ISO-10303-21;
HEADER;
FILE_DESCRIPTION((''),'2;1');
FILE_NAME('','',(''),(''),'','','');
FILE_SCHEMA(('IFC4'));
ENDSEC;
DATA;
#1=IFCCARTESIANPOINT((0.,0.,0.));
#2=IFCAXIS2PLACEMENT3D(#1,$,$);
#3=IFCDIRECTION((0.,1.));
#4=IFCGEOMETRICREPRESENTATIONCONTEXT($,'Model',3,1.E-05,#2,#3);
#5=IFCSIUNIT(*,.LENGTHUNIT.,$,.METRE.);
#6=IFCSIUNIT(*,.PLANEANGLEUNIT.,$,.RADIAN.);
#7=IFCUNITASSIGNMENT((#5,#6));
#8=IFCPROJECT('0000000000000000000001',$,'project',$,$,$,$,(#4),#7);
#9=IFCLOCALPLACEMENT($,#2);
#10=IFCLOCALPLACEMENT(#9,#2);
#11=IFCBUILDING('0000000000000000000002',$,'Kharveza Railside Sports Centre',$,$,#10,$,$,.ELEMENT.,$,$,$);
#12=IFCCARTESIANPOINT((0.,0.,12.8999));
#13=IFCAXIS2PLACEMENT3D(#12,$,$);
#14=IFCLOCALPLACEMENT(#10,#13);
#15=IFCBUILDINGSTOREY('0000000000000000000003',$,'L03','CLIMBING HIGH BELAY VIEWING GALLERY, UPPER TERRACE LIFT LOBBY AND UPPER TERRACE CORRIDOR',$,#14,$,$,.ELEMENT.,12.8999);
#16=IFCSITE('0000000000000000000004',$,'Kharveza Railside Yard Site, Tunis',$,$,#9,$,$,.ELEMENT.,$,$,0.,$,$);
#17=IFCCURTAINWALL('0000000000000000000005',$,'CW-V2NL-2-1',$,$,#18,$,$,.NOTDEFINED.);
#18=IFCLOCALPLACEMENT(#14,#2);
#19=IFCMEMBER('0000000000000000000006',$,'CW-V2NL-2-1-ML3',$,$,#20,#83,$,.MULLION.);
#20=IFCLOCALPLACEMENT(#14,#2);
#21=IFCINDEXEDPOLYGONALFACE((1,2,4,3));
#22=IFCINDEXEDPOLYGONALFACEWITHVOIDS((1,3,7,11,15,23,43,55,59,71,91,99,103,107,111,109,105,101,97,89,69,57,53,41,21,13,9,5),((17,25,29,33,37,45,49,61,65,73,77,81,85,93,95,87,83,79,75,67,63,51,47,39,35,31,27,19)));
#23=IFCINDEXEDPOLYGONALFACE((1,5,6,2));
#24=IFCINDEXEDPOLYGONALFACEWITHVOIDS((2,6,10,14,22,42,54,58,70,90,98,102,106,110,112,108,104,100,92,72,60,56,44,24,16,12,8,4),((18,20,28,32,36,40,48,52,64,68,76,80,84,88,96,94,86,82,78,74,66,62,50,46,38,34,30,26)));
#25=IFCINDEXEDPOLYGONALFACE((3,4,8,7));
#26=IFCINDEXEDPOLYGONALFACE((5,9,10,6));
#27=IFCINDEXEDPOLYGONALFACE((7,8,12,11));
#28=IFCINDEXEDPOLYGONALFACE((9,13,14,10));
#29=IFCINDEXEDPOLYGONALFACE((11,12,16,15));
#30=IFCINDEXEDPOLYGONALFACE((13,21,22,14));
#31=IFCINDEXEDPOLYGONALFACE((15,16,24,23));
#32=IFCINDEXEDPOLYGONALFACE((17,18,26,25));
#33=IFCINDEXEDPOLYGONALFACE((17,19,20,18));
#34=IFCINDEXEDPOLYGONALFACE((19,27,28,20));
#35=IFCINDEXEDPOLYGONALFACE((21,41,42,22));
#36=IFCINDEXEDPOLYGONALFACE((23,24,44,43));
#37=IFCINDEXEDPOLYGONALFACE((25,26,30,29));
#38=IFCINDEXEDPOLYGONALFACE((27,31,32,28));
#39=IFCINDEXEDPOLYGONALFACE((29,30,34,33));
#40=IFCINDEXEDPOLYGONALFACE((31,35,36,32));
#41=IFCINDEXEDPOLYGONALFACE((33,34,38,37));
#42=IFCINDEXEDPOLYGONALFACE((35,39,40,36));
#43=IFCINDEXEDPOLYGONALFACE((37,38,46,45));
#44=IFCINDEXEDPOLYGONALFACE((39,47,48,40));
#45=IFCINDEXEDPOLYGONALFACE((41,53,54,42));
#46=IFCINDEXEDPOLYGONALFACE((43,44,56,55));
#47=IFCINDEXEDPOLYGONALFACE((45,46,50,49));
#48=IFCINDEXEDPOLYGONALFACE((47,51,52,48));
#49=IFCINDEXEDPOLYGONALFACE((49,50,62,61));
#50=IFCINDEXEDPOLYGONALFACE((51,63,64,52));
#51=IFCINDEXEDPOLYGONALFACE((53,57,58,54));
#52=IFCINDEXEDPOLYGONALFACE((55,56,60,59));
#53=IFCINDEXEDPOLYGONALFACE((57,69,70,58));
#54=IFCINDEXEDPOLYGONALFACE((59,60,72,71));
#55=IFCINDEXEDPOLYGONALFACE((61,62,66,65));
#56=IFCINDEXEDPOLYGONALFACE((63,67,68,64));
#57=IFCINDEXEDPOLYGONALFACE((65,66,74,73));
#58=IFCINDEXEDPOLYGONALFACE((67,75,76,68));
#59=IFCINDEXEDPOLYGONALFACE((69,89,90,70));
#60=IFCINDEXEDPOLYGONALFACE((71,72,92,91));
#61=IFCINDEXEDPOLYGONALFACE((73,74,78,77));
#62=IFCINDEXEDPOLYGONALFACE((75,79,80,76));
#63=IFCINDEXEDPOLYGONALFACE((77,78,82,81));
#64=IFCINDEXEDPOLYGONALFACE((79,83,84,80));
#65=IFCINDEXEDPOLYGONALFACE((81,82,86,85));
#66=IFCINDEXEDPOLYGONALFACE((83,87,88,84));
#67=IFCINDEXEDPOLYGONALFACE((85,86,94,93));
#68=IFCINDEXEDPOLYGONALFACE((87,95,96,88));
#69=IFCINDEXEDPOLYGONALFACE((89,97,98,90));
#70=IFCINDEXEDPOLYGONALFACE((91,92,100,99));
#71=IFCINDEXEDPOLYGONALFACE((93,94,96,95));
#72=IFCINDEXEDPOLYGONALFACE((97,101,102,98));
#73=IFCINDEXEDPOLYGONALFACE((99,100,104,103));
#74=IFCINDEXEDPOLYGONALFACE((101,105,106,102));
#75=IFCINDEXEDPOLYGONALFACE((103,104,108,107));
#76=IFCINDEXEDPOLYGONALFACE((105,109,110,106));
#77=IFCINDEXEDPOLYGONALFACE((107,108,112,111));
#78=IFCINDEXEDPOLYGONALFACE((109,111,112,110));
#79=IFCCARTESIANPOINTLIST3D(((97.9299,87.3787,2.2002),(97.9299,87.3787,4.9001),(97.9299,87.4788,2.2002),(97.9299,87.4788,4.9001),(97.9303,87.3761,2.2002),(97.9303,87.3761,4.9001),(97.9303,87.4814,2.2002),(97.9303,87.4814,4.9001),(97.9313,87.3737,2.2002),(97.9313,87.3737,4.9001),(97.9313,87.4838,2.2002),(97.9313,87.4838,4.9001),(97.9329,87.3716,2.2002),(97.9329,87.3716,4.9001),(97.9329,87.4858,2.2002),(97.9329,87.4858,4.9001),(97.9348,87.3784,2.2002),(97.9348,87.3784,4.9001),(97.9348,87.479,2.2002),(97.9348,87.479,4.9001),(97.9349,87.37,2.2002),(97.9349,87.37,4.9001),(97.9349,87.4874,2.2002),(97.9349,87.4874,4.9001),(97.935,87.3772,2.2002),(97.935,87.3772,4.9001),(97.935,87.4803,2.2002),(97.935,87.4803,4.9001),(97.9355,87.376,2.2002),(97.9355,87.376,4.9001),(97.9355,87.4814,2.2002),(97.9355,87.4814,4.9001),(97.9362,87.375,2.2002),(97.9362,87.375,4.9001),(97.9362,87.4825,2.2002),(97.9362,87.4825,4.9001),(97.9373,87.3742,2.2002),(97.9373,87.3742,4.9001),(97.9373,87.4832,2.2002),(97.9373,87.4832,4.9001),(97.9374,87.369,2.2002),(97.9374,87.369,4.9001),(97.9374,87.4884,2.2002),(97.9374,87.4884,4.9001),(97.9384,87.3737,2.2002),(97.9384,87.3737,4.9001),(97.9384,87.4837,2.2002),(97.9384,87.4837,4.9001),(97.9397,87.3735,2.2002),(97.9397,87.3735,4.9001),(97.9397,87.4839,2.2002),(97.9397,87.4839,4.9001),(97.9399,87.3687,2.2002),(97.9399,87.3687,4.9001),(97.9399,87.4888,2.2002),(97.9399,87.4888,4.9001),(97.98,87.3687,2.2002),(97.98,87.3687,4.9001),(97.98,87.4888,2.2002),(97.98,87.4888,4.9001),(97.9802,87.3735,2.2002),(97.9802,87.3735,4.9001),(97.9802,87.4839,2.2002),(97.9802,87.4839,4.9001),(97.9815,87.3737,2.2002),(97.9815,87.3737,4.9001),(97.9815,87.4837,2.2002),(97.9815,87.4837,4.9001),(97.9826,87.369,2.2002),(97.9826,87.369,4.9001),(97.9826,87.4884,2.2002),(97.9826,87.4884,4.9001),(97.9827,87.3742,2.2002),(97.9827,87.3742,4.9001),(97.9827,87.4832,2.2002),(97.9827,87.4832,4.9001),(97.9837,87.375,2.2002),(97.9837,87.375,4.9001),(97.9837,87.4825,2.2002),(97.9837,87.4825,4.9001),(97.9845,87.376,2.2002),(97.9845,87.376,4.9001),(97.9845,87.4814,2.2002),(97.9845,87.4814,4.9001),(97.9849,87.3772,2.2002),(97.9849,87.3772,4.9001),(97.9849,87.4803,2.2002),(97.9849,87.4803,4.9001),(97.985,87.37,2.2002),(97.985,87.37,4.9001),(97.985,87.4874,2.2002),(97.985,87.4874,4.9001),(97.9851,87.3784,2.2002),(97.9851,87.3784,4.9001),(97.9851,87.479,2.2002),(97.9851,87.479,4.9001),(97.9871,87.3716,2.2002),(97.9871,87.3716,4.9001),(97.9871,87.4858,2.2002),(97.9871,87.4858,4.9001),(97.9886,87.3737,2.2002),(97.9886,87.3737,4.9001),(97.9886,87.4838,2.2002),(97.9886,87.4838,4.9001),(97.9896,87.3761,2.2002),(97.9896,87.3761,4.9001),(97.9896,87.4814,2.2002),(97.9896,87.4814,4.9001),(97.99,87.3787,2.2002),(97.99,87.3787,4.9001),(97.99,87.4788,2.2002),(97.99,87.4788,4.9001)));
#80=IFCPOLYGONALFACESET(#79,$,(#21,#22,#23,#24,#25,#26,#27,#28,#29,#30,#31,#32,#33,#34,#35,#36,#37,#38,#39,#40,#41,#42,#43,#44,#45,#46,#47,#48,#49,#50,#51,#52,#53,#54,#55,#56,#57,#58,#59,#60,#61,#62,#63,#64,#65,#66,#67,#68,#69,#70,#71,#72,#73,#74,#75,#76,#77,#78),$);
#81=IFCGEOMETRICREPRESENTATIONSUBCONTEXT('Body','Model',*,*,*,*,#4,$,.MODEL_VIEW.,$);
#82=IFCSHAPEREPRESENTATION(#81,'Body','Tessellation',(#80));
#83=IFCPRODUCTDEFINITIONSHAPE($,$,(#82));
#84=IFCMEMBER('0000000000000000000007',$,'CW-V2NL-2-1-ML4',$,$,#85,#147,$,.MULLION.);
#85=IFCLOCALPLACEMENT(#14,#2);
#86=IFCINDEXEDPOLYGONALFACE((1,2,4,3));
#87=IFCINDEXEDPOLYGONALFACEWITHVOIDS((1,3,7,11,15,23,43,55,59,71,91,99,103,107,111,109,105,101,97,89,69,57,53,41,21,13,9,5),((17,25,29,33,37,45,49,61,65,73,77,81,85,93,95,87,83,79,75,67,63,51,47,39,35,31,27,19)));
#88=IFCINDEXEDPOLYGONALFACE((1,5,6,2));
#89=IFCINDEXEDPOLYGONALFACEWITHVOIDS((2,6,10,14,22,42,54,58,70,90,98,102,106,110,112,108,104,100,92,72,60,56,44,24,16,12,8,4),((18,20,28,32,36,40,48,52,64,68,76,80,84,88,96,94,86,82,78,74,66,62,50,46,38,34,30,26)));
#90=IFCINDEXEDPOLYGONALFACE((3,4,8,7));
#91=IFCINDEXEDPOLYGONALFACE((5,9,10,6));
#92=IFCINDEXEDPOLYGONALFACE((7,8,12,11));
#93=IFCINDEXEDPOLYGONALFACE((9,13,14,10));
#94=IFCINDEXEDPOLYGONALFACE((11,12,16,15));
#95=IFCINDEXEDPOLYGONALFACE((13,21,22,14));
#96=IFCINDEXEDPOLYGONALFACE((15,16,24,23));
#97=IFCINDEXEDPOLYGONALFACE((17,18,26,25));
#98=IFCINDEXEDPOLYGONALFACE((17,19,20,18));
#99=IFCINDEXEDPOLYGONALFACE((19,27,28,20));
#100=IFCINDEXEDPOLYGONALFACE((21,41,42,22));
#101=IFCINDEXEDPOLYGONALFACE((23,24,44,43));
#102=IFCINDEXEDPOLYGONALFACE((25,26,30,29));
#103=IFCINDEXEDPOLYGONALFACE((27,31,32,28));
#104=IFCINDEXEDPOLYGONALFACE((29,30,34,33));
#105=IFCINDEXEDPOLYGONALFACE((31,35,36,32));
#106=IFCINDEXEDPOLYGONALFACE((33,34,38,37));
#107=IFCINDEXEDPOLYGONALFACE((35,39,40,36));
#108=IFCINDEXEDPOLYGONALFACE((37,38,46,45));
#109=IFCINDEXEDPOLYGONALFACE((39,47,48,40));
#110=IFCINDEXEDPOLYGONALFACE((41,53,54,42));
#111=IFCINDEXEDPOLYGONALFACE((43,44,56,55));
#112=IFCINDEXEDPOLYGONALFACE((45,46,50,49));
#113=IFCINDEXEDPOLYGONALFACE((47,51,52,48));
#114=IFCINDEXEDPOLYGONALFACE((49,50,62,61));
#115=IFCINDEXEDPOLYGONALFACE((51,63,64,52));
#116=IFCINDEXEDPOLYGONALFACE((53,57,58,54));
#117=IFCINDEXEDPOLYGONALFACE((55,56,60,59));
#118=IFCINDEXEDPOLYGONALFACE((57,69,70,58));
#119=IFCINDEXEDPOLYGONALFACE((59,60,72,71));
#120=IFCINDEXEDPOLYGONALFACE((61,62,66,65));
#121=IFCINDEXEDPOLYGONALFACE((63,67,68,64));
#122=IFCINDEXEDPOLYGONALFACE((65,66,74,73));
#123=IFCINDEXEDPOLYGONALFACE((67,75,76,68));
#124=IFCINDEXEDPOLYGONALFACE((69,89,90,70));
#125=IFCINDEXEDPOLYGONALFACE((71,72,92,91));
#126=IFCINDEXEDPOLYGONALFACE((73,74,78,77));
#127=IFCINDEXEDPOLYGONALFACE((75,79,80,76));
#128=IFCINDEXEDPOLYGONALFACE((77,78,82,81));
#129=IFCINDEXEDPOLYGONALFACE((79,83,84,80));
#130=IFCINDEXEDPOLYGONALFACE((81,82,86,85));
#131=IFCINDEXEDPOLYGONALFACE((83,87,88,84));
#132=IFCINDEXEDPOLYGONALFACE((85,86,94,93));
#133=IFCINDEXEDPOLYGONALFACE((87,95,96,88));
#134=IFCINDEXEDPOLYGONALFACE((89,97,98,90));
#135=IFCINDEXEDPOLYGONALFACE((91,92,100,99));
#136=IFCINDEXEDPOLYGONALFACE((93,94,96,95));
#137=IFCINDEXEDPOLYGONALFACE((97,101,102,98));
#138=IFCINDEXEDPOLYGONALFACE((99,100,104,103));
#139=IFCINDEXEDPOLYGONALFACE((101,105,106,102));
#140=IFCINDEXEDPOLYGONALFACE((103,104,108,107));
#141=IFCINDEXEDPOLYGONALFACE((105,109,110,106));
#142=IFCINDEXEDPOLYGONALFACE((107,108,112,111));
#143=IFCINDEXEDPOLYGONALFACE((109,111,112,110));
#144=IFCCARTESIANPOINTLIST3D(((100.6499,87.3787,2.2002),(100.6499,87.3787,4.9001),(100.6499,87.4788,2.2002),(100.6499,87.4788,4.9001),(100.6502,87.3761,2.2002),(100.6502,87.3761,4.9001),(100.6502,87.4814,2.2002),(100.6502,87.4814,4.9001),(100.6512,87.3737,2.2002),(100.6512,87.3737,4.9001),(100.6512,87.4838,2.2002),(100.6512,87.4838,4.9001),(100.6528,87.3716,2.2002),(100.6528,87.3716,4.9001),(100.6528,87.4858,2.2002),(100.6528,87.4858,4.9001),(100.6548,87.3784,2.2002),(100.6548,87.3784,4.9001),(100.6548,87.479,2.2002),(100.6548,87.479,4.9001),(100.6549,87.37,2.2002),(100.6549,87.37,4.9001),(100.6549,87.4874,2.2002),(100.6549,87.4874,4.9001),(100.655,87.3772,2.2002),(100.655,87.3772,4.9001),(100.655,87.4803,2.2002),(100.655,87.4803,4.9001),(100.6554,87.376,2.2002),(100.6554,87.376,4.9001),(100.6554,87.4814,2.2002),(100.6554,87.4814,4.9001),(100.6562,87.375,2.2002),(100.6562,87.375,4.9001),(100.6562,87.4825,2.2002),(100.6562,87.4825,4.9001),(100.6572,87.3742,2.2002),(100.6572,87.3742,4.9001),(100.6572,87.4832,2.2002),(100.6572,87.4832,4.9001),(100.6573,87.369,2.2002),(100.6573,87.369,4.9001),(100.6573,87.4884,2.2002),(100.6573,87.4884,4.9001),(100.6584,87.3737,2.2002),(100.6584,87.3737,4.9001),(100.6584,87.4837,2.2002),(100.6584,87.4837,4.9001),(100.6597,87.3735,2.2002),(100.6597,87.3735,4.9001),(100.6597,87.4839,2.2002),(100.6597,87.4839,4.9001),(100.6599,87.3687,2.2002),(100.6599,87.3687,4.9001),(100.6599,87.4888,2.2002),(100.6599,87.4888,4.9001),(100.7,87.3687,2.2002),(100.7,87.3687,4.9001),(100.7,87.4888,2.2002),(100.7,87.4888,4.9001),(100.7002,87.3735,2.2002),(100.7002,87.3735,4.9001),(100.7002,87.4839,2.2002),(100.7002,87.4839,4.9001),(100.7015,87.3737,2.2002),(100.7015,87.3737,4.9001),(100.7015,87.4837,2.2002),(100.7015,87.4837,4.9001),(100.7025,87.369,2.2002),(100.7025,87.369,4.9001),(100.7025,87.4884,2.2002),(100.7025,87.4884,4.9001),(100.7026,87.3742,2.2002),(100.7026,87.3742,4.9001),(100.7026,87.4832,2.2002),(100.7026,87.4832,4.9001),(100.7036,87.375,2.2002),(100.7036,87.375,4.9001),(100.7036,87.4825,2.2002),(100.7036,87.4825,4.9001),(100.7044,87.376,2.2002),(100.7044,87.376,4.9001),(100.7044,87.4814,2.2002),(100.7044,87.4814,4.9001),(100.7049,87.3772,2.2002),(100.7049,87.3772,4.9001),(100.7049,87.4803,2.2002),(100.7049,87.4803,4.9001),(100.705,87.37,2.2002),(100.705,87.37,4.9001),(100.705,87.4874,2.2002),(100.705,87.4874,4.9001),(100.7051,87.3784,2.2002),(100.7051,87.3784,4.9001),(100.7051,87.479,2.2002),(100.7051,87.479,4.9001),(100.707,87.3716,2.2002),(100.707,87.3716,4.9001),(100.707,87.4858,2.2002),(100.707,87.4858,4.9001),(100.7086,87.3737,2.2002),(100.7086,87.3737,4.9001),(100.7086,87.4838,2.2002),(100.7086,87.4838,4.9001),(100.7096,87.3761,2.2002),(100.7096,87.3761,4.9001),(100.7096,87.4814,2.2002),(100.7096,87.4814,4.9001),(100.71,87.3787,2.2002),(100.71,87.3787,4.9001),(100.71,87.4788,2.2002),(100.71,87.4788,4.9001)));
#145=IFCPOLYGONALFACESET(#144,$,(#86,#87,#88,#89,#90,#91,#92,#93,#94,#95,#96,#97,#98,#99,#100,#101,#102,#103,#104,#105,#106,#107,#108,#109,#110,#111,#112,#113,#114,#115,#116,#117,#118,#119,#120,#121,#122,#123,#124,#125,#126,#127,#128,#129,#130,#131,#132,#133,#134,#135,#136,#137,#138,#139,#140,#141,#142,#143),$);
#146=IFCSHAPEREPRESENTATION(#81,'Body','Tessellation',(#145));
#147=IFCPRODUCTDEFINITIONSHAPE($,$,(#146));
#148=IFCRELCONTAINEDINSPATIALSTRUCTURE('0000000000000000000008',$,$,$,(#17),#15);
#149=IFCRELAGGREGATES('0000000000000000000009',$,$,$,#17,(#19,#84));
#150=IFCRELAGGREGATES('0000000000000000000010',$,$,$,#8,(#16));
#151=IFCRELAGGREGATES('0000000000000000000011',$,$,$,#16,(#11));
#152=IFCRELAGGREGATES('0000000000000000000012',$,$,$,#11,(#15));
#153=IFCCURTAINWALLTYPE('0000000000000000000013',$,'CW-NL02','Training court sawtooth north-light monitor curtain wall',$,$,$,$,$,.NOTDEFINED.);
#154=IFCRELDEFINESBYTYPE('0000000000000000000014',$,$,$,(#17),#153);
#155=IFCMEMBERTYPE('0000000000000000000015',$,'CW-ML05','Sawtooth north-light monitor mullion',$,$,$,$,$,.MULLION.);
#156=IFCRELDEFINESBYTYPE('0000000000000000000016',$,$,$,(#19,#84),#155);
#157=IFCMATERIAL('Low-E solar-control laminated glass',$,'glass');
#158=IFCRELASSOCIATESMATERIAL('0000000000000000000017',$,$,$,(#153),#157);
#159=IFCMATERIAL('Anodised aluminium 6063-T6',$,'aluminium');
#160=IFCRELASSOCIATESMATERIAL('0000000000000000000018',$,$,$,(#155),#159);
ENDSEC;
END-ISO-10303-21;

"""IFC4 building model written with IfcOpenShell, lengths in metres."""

from ifc_helpers import new_model, si_unit, direction, frame, origin, origin_2d, place, context, subcontext, project, spatial, hollow_rectangle, extrude, material, material_profile, profile_set, type_object, element, aggregate, save


model = new_model("IFC4")

# Units and contexts
model_context = context("Model", 3, precision=1e-05, world=origin(), true_north=direction((0.0, 1.0)))
body_context = subcontext(model_context, "Body", "Model", "MODEL_VIEW")
ifc_project = project(units=[si_unit("LENGTHUNIT", "METRE"), si_unit("PLANEANGLEUNIT", "RADIAN")], contexts=[model_context])

# Site, building, storey
site_placement = place(None, origin())
site = spatial("IfcSite", under=ifc_project, at=site_placement, Name="Kharveza Railside Yard Site, Tunis", CompositionType="ELEMENT", RefElevation=0.0)
building_placement = place(site_placement, origin())
building = spatial("IfcBuilding", under=site, at=building_placement, Name="Kharveza Railside Sports Centre", CompositionType="ELEMENT")
storey_placement = place(building_placement, frame((0.0, 0.0, 12.8999)))
storey = spatial("IfcBuildingStorey", under=building, at=storey_placement, Name="L03", Description="CLIMBING HIGH BELAY VIEWING GALLERY, UPPER TERRACE LIFT LOBBY AND UPPER TERRACE CORRIDOR", CompositionType="ELEMENT", Elevation=12.8999)

# Curtain wall, members
ifc_material_1 = material(Name="Low-E solar-control laminated glass", Category="glass")
curtain_wall_type = type_object("IfcCurtainWallType", Name="CW-NL02", Description="Training court sawtooth north-light monitor curtain wall", PredefinedType="NOTDEFINED", material=ifc_material_1)
curtain_wall_1_placement = place(storey_placement, origin())
curtain_wall_1 = element("IfcCurtainWall", 1, at=curtain_wall_1_placement, inside=storey, type_object=curtain_wall_type, Name="CW-V2NL-2-1", PredefinedType="NOTDEFINED")
ifc_material_2 = material(Name="Anodised aluminium 6063-T6", Category="aluminium")
ifc_material_profile_1 = material_profile(ifc_material_2, hollow_rectangle(XDim=0.0601, YDim=0.1201, WallThickness=0.0049, InnerFilletRadius=0.0049, OuterFilletRadius=0.01, at=origin_2d()), Name="RHS 60x120x5.0")
ifc_profile_set_1 = profile_set([ifc_material_profile_1], Name="Anodised aluminium 6063-T6")
member_type_1 = type_object("IfcMemberType", Name="CW-ML05", Description="Sawtooth north-light monitor mullion", PredefinedType="MULLION", material=ifc_profile_set_1)
member_1_placement = place(storey_placement, frame((97.96, 87.4287, 2.2002), z_axis=(0.0, 0.0, 1.0), x_axis=(1.0, 0.0, 0.0)))
member_1 = element("IfcMember", 2, at=member_1_placement, type_object=member_type_1, Name="CW-V2NL-2-1-ML3", PredefinedType="MULLION", context=body_context, shape_type="SweptSolid", body=[
    extrude(hollow_rectangle(XDim=0.0601, YDim=0.1201, WallThickness=0.0049, InnerFilletRadius=0.0049, OuterFilletRadius=0.01, at=origin_2d()), origin(), (0.0, 0.0, 1.0), 2.7),
])
member_2_placement = place(storey_placement, frame((100.6799, 87.4287, 2.2002), z_axis=(0.0, 0.0, 1.0), x_axis=(1.0, 0.0, 0.0)))
member_2 = element("IfcMember", 3, at=member_2_placement, type_object=member_type_1, Name="CW-V2NL-2-1-ML4", PredefinedType="MULLION", context=body_context, shape_type="SweptSolid", body=[
    extrude(hollow_rectangle(XDim=0.0601, YDim=0.1201, WallThickness=0.0049, InnerFilletRadius=0.0049, OuterFilletRadius=0.01, at=origin_2d()), origin(), (0.0, 0.0, 1.0), 2.7),
])

aggregate(curtain_wall_1, [member_1, member_2])

save(model, "model.ifc")
